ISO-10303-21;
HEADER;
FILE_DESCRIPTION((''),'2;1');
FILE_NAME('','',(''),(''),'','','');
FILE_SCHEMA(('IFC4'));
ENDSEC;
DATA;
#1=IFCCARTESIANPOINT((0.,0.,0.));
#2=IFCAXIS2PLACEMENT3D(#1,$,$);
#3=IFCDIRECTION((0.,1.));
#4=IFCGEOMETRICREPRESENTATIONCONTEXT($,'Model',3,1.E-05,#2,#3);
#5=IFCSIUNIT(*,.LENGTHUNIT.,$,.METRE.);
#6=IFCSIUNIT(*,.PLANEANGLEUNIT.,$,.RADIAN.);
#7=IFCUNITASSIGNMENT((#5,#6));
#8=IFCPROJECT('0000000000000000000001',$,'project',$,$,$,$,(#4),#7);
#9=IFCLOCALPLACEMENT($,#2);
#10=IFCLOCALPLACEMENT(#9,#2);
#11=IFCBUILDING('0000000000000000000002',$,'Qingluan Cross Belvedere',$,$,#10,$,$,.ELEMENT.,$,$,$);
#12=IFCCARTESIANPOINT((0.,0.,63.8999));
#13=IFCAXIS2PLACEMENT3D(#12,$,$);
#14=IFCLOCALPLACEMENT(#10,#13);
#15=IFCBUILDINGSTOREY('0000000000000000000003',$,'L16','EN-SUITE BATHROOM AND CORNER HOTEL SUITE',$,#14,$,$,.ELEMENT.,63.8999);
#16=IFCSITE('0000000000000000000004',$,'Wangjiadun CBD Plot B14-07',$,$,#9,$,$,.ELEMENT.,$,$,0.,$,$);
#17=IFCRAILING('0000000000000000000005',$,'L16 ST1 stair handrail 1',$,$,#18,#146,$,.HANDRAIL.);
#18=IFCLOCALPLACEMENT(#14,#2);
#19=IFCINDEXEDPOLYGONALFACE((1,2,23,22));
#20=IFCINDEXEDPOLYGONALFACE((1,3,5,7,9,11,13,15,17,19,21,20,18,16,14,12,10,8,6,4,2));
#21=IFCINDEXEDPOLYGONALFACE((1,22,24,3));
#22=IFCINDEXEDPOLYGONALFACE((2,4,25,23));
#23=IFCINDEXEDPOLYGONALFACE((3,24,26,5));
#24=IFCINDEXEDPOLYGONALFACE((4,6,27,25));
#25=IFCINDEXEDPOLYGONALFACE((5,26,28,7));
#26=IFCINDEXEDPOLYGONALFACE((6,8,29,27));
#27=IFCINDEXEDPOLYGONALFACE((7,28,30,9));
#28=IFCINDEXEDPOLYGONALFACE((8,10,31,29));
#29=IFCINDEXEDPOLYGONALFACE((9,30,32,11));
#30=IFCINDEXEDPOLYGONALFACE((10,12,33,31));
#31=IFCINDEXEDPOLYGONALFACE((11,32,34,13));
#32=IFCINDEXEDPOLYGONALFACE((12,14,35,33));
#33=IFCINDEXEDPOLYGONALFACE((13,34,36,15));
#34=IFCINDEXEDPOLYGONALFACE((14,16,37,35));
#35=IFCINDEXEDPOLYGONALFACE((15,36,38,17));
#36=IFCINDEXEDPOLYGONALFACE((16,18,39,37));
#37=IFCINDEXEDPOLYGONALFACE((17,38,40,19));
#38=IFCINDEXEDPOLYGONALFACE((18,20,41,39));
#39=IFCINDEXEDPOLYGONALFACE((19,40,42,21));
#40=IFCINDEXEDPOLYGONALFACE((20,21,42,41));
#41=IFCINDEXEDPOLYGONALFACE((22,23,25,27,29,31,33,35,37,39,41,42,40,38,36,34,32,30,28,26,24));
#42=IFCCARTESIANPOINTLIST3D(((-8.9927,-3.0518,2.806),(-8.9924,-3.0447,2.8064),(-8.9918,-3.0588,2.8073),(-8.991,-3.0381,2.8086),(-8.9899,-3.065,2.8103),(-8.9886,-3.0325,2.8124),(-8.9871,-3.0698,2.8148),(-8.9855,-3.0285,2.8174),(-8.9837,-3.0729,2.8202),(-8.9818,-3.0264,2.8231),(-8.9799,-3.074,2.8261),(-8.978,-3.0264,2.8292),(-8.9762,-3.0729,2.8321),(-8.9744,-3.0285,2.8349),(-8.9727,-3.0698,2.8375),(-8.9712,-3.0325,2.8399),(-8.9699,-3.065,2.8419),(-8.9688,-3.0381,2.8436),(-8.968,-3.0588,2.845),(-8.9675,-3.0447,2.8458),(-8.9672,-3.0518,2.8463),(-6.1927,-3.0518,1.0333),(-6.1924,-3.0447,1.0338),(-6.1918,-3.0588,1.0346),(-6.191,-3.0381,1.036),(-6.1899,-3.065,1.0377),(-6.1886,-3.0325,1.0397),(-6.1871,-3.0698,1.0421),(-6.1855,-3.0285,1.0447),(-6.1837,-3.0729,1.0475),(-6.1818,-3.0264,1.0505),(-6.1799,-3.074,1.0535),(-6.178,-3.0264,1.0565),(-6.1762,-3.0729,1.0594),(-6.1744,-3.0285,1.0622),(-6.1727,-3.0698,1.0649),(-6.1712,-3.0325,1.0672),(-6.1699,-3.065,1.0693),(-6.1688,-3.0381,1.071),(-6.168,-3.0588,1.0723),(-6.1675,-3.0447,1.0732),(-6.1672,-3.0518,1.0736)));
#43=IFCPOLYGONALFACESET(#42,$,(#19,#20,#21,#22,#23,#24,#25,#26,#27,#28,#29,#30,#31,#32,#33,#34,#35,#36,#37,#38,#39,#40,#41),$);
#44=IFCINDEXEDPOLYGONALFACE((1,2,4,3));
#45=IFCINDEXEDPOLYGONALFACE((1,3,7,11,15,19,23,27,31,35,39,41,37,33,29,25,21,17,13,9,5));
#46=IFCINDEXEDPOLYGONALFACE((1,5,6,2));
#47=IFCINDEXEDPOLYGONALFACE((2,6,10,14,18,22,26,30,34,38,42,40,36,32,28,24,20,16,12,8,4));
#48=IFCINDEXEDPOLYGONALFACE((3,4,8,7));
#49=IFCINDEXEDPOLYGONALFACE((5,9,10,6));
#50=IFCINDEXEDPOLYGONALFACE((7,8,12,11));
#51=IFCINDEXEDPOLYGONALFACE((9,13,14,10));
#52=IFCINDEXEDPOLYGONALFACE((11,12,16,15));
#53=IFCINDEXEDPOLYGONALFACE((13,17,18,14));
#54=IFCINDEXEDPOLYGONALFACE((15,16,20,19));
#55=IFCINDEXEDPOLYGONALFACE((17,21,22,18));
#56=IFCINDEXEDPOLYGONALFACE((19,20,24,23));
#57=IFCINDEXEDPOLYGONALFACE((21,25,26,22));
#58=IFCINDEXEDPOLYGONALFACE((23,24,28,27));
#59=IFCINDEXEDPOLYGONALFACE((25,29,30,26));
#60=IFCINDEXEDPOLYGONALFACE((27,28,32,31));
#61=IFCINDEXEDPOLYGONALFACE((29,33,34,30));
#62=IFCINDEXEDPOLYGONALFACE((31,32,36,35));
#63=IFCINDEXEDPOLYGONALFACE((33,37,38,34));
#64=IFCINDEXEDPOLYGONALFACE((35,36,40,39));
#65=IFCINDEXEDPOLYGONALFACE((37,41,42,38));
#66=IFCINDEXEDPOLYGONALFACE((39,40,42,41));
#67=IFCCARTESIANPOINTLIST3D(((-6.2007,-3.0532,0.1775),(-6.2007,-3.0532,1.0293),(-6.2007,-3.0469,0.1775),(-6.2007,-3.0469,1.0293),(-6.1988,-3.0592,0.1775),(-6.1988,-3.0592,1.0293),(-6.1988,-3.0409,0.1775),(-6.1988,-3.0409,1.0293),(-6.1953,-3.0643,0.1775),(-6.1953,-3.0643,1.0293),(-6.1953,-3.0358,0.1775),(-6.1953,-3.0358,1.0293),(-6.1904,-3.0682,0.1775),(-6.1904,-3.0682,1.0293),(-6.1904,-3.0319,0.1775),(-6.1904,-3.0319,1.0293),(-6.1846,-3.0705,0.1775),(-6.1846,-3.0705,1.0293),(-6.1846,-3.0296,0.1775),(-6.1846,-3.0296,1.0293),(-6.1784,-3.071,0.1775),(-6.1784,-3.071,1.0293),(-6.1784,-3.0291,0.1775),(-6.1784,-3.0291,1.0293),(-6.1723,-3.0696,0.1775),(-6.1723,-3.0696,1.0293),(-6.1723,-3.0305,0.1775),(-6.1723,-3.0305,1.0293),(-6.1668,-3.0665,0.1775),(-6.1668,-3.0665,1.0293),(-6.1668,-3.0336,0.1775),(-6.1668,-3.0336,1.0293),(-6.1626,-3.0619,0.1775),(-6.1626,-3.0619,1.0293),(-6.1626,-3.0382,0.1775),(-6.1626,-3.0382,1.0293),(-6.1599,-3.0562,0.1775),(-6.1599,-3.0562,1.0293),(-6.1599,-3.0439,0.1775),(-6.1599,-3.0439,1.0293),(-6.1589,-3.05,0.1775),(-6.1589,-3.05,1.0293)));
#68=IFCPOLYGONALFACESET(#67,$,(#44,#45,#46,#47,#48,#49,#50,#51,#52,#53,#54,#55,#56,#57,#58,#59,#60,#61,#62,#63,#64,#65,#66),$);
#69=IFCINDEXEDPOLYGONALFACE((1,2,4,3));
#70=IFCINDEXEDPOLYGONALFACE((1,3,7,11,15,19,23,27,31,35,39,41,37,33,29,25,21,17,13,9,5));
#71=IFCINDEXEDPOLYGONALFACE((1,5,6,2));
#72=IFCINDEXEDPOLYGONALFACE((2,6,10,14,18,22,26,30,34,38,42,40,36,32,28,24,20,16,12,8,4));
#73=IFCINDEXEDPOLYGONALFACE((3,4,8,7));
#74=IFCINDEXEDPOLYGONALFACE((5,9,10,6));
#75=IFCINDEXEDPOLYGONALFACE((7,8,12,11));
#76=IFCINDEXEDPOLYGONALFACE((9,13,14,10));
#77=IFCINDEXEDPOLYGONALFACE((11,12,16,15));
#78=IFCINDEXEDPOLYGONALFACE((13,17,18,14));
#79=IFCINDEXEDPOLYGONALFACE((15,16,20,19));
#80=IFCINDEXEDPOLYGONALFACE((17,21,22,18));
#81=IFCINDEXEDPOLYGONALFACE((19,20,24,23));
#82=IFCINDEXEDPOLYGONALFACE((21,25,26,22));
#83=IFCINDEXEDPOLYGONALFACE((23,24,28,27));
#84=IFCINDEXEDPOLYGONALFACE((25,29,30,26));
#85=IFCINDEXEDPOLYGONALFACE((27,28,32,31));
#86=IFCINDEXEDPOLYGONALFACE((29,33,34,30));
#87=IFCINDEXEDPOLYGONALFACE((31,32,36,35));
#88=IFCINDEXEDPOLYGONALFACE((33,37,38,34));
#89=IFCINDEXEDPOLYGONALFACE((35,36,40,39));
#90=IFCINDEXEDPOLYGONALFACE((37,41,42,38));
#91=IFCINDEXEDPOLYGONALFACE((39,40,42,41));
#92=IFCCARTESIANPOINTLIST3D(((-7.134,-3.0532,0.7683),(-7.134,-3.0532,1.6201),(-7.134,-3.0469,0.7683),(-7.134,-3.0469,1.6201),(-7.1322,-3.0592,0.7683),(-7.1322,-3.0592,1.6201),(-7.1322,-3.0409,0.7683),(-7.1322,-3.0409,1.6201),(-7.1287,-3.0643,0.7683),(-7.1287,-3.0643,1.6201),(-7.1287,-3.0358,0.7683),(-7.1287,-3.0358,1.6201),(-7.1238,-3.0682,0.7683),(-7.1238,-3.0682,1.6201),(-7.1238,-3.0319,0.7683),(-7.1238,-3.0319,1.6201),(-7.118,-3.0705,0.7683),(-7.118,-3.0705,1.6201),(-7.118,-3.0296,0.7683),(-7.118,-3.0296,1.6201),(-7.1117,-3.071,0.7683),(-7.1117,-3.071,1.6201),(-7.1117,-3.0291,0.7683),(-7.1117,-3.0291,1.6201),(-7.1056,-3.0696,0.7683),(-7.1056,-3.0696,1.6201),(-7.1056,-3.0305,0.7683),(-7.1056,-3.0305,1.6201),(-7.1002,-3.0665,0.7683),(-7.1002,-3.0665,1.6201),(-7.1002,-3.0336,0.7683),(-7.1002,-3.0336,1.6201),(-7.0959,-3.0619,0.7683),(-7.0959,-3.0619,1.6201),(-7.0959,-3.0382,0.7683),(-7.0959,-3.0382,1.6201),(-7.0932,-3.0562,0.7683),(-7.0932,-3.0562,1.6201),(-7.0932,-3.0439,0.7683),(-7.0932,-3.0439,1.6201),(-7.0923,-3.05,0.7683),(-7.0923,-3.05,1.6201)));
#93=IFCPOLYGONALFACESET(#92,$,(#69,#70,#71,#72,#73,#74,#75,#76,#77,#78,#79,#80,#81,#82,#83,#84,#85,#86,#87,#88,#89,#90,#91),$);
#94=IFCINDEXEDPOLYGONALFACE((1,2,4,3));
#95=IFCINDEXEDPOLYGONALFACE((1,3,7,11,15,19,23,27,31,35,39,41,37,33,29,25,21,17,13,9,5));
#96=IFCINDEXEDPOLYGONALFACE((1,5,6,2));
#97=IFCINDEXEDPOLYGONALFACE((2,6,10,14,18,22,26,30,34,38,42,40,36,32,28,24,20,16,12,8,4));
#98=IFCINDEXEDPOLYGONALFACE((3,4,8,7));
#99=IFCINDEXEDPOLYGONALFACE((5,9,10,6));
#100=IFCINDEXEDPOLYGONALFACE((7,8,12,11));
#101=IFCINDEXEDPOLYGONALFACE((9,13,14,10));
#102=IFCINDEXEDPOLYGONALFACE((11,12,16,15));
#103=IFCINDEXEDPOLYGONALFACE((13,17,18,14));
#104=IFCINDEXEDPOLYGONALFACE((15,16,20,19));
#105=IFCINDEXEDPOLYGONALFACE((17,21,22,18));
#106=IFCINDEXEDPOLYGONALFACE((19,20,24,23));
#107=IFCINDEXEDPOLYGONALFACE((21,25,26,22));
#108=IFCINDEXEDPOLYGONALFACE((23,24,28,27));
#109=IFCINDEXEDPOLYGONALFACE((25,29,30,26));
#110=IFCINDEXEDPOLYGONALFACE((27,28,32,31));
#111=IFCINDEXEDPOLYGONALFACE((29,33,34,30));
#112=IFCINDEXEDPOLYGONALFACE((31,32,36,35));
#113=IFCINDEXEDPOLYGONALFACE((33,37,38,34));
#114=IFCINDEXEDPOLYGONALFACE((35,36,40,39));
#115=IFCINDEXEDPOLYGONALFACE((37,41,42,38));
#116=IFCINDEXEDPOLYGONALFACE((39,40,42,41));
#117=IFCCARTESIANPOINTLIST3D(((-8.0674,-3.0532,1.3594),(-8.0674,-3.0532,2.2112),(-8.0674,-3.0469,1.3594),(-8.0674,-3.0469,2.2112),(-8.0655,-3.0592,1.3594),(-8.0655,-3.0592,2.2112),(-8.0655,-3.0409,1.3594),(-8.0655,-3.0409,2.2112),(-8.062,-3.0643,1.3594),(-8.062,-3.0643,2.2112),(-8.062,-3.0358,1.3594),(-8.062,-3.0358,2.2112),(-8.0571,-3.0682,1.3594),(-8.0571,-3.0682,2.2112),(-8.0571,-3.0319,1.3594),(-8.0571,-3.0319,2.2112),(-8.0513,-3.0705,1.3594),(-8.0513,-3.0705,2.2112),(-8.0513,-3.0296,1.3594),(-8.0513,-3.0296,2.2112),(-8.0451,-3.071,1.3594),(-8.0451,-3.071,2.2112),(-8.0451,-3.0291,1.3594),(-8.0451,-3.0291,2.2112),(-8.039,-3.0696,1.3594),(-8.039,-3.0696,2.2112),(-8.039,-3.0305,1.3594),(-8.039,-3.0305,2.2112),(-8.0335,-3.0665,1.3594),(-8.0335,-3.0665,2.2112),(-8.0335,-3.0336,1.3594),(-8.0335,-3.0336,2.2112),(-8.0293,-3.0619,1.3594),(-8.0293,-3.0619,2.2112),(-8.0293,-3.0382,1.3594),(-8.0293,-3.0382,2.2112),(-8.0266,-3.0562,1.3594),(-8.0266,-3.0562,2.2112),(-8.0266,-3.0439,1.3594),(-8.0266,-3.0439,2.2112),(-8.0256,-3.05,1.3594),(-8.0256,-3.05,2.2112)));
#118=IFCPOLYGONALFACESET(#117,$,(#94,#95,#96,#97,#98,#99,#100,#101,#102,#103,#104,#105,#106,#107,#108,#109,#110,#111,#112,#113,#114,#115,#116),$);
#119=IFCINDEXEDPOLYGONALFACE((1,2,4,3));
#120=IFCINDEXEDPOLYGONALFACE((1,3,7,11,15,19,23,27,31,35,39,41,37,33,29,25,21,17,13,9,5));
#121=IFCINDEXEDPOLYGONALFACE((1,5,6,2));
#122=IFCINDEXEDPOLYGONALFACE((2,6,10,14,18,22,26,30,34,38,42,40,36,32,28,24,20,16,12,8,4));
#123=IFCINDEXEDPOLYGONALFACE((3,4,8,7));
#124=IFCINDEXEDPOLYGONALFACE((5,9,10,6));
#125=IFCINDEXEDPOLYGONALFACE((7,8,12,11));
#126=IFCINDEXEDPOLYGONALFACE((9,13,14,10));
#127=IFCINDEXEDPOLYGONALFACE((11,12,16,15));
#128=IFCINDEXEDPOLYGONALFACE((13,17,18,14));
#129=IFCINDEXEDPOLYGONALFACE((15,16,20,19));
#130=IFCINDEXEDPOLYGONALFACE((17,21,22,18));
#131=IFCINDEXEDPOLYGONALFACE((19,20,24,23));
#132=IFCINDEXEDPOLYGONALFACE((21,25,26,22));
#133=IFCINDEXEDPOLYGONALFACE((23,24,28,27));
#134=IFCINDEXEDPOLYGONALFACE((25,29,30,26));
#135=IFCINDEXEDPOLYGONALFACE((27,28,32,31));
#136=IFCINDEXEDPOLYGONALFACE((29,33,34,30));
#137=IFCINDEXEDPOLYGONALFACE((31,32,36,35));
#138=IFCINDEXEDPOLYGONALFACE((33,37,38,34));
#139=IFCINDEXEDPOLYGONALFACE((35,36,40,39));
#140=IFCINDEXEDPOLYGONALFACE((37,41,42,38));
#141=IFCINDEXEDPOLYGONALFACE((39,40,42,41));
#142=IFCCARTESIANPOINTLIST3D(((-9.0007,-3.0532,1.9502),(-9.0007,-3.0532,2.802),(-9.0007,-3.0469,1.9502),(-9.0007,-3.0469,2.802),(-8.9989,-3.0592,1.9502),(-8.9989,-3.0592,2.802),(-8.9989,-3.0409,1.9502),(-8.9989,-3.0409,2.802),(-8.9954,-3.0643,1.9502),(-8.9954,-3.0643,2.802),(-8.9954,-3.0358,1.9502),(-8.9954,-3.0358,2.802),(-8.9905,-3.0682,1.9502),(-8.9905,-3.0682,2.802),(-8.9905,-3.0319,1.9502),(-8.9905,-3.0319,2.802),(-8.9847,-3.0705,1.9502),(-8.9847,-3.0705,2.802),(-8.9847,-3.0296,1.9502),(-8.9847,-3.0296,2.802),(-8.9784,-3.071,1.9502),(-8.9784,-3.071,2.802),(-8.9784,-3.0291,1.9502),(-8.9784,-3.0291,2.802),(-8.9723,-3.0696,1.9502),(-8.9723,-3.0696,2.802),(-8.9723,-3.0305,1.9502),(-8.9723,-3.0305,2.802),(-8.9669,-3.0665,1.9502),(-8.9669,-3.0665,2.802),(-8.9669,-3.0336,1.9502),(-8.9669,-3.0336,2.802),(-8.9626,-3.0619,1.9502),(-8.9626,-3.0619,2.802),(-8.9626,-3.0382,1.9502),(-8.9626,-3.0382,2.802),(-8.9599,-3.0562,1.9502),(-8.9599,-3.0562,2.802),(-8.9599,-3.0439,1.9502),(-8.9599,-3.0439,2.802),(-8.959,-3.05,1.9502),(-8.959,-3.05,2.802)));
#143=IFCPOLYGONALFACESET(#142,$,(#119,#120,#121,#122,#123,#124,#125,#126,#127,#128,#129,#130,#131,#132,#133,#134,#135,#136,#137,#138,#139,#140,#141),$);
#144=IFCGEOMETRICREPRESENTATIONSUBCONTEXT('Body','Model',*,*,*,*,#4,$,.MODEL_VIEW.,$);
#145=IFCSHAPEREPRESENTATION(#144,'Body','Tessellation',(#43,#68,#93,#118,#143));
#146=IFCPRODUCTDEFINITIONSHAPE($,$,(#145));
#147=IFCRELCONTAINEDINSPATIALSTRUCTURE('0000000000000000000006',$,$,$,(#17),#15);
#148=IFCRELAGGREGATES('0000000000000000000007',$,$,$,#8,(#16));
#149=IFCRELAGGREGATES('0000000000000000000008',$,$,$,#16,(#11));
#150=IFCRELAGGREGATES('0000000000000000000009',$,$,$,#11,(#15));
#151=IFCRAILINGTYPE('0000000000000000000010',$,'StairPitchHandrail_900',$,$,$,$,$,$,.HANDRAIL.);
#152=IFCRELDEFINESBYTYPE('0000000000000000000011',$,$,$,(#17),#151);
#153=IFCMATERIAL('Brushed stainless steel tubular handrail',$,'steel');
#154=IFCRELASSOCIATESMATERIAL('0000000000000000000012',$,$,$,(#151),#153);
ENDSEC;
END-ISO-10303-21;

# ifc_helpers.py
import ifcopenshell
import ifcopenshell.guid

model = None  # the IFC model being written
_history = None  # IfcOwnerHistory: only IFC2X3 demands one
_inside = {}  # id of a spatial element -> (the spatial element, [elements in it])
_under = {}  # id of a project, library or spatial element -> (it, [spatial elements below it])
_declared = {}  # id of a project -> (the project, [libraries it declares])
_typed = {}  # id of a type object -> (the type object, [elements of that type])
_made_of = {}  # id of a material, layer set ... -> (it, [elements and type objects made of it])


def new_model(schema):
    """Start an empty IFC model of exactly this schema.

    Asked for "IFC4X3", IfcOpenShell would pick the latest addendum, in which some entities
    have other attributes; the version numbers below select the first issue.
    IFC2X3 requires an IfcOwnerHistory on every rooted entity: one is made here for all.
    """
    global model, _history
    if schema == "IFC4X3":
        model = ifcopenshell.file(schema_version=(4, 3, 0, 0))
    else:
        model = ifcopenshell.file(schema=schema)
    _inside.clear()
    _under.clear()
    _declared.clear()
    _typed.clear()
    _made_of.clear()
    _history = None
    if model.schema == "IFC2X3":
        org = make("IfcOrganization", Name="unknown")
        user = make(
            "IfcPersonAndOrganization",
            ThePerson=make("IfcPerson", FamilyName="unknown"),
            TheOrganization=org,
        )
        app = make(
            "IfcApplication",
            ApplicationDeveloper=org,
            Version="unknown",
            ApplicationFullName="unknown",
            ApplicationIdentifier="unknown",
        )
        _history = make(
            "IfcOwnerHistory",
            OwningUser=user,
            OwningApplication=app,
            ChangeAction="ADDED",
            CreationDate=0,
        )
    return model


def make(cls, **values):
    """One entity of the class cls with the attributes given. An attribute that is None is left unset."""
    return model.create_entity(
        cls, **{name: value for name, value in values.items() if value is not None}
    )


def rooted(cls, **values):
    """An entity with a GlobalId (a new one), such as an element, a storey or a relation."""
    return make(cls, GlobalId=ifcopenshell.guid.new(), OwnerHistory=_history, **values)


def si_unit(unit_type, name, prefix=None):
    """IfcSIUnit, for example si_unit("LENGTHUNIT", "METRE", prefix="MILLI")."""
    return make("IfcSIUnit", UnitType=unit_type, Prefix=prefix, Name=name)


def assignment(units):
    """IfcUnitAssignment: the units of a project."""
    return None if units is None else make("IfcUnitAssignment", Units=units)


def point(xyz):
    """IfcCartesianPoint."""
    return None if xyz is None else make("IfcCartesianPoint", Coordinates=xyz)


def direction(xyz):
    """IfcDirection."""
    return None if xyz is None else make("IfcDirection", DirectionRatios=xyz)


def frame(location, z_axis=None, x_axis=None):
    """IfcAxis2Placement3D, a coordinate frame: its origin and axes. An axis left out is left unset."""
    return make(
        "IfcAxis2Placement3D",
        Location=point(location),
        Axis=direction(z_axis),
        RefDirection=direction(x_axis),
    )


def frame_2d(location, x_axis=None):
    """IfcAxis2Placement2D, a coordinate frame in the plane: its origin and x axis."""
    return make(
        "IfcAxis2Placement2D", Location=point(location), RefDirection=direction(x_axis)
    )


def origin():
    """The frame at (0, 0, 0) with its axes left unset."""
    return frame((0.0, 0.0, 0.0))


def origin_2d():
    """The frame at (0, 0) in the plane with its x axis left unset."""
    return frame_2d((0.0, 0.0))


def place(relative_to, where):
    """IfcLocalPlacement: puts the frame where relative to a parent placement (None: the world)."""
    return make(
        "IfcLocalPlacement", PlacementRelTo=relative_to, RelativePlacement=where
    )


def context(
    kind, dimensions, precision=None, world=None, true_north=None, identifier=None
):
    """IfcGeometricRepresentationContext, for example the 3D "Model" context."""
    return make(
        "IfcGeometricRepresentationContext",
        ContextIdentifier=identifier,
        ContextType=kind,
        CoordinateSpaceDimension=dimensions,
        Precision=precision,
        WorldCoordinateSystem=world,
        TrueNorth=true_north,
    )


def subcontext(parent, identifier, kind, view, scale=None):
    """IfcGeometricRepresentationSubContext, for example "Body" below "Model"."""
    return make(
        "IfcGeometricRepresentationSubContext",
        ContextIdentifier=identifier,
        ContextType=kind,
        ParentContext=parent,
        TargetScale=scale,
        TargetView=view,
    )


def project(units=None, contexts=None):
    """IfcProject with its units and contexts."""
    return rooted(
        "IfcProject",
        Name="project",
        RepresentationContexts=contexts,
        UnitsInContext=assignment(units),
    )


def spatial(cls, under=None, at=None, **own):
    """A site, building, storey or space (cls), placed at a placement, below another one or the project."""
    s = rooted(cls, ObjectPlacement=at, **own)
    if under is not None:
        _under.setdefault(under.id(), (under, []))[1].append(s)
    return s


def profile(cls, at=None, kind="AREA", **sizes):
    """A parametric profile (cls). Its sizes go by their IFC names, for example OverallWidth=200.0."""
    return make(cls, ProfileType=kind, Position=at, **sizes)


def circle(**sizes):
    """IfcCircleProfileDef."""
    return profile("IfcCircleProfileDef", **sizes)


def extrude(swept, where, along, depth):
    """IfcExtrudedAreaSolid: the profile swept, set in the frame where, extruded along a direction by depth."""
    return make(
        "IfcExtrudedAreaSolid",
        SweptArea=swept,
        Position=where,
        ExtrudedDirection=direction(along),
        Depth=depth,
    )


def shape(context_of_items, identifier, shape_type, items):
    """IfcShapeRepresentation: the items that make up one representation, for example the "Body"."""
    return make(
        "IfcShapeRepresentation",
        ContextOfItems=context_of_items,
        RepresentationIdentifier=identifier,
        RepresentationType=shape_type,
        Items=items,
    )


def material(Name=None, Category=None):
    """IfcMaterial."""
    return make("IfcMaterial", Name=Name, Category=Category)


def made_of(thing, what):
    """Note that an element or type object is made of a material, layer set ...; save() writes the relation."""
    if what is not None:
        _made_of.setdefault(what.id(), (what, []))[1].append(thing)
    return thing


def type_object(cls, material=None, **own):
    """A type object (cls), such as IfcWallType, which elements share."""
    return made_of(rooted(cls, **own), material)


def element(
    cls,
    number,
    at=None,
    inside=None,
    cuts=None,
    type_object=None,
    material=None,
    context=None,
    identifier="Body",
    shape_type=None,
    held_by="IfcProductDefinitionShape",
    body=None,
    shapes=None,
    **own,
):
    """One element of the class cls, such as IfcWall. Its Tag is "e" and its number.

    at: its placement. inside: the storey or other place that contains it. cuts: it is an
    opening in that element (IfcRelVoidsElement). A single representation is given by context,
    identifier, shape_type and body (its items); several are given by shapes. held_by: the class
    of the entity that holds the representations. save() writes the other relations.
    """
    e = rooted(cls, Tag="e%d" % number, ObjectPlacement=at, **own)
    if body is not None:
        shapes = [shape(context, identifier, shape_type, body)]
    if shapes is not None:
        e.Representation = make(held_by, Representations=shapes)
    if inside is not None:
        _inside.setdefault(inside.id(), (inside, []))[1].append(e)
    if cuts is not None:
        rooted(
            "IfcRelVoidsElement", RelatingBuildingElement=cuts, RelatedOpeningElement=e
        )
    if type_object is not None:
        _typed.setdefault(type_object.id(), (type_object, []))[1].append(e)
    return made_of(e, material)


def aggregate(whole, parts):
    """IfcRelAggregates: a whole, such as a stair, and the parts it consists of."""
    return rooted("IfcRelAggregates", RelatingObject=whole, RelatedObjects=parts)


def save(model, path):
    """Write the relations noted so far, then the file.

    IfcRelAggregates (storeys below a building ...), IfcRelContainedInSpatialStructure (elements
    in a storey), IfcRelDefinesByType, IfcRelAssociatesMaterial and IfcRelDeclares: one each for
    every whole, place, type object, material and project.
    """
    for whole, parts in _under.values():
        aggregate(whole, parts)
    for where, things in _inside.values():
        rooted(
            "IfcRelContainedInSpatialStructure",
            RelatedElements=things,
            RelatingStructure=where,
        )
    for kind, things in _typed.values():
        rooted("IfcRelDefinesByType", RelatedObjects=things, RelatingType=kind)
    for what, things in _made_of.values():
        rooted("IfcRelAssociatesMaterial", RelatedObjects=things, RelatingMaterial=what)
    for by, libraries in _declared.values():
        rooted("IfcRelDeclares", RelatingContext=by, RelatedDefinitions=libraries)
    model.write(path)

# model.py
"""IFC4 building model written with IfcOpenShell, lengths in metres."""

from ifc_helpers import new_model, si_unit, direction, frame, origin, origin_2d, place, context, subcontext, project, spatial, circle, extrude, material, type_object, element, save


model = new_model("IFC4")

# Units and contexts
model_context = context("Model", 3, precision=1e-05, world=origin(), true_north=direction((0.0, 1.0)))
body_context = subcontext(model_context, "Body", "Model", "MODEL_VIEW")
ifc_project = project(units=[si_unit("LENGTHUNIT", "METRE"), si_unit("PLANEANGLEUNIT", "RADIAN")], contexts=[model_context])

# Site, building, storey
site_placement = place(None, origin())
site = spatial("IfcSite", under=ifc_project, at=site_placement, Name="Wangjiadun CBD Plot B14-07", CompositionType="ELEMENT", RefElevation=0.0)
building_placement = place(site_placement, origin())
building = spatial("IfcBuilding", under=site, at=building_placement, Name="Qingluan Cross Belvedere", CompositionType="ELEMENT")
storey_placement = place(building_placement, frame((0.0, 0.0, 63.8999)))
storey = spatial("IfcBuildingStorey", under=building, at=storey_placement, Name="L16", Description="EN-SUITE BATHROOM AND CORNER HOTEL SUITE", CompositionType="ELEMENT", Elevation=63.8999)

# Railing
ifc_material_1 = material(Name="Brushed stainless steel tubular handrail", Category="steel")
railing_type_1 = type_object("IfcRailingType", Name="StairPitchHandrail_900", PredefinedType="HANDRAIL", material=ifc_material_1)
railing_1_placement = place(storey_placement, frame((-6.1799, -3.05, 0.1775)))
element("IfcRailing", 1, at=railing_1_placement, inside=storey, type_object=railing_type_1, Name="L16 ST1 stair handrail 1", PredefinedType="HANDRAIL", context=body_context, shape_type="SweptSolid", body=[
    extrude(circle(Radius=0.0239, at=origin_2d()), frame((0.0, 0.0, 0.876), z_axis=(-0.844909, 0.0, 0.53491), x_axis=(0.0, -1.0, 0.0)), (0.0, 0.0, 1.0), 3.314),
    extrude(circle(Radius=0.021, at=origin_2d()), origin(), (0.0, 0.0, 1.0), 0.8518),
    extrude(circle(Radius=0.021, at=origin_2d()), frame((-0.9333, 0.0, 0.5908)), (0.0, 0.0, 1.0), 0.8518),
    extrude(circle(Radius=0.021, at=origin_2d()), frame((-1.8667, 0.0, 1.1819)), (0.0, 0.0, 1.0), 0.8518),
    extrude(circle(Radius=0.021, at=origin_2d()), frame((-2.8, 0.0, 1.7727)), (0.0, 0.0, 1.0), 0.8518),
])

save(model, "model.ifc")
